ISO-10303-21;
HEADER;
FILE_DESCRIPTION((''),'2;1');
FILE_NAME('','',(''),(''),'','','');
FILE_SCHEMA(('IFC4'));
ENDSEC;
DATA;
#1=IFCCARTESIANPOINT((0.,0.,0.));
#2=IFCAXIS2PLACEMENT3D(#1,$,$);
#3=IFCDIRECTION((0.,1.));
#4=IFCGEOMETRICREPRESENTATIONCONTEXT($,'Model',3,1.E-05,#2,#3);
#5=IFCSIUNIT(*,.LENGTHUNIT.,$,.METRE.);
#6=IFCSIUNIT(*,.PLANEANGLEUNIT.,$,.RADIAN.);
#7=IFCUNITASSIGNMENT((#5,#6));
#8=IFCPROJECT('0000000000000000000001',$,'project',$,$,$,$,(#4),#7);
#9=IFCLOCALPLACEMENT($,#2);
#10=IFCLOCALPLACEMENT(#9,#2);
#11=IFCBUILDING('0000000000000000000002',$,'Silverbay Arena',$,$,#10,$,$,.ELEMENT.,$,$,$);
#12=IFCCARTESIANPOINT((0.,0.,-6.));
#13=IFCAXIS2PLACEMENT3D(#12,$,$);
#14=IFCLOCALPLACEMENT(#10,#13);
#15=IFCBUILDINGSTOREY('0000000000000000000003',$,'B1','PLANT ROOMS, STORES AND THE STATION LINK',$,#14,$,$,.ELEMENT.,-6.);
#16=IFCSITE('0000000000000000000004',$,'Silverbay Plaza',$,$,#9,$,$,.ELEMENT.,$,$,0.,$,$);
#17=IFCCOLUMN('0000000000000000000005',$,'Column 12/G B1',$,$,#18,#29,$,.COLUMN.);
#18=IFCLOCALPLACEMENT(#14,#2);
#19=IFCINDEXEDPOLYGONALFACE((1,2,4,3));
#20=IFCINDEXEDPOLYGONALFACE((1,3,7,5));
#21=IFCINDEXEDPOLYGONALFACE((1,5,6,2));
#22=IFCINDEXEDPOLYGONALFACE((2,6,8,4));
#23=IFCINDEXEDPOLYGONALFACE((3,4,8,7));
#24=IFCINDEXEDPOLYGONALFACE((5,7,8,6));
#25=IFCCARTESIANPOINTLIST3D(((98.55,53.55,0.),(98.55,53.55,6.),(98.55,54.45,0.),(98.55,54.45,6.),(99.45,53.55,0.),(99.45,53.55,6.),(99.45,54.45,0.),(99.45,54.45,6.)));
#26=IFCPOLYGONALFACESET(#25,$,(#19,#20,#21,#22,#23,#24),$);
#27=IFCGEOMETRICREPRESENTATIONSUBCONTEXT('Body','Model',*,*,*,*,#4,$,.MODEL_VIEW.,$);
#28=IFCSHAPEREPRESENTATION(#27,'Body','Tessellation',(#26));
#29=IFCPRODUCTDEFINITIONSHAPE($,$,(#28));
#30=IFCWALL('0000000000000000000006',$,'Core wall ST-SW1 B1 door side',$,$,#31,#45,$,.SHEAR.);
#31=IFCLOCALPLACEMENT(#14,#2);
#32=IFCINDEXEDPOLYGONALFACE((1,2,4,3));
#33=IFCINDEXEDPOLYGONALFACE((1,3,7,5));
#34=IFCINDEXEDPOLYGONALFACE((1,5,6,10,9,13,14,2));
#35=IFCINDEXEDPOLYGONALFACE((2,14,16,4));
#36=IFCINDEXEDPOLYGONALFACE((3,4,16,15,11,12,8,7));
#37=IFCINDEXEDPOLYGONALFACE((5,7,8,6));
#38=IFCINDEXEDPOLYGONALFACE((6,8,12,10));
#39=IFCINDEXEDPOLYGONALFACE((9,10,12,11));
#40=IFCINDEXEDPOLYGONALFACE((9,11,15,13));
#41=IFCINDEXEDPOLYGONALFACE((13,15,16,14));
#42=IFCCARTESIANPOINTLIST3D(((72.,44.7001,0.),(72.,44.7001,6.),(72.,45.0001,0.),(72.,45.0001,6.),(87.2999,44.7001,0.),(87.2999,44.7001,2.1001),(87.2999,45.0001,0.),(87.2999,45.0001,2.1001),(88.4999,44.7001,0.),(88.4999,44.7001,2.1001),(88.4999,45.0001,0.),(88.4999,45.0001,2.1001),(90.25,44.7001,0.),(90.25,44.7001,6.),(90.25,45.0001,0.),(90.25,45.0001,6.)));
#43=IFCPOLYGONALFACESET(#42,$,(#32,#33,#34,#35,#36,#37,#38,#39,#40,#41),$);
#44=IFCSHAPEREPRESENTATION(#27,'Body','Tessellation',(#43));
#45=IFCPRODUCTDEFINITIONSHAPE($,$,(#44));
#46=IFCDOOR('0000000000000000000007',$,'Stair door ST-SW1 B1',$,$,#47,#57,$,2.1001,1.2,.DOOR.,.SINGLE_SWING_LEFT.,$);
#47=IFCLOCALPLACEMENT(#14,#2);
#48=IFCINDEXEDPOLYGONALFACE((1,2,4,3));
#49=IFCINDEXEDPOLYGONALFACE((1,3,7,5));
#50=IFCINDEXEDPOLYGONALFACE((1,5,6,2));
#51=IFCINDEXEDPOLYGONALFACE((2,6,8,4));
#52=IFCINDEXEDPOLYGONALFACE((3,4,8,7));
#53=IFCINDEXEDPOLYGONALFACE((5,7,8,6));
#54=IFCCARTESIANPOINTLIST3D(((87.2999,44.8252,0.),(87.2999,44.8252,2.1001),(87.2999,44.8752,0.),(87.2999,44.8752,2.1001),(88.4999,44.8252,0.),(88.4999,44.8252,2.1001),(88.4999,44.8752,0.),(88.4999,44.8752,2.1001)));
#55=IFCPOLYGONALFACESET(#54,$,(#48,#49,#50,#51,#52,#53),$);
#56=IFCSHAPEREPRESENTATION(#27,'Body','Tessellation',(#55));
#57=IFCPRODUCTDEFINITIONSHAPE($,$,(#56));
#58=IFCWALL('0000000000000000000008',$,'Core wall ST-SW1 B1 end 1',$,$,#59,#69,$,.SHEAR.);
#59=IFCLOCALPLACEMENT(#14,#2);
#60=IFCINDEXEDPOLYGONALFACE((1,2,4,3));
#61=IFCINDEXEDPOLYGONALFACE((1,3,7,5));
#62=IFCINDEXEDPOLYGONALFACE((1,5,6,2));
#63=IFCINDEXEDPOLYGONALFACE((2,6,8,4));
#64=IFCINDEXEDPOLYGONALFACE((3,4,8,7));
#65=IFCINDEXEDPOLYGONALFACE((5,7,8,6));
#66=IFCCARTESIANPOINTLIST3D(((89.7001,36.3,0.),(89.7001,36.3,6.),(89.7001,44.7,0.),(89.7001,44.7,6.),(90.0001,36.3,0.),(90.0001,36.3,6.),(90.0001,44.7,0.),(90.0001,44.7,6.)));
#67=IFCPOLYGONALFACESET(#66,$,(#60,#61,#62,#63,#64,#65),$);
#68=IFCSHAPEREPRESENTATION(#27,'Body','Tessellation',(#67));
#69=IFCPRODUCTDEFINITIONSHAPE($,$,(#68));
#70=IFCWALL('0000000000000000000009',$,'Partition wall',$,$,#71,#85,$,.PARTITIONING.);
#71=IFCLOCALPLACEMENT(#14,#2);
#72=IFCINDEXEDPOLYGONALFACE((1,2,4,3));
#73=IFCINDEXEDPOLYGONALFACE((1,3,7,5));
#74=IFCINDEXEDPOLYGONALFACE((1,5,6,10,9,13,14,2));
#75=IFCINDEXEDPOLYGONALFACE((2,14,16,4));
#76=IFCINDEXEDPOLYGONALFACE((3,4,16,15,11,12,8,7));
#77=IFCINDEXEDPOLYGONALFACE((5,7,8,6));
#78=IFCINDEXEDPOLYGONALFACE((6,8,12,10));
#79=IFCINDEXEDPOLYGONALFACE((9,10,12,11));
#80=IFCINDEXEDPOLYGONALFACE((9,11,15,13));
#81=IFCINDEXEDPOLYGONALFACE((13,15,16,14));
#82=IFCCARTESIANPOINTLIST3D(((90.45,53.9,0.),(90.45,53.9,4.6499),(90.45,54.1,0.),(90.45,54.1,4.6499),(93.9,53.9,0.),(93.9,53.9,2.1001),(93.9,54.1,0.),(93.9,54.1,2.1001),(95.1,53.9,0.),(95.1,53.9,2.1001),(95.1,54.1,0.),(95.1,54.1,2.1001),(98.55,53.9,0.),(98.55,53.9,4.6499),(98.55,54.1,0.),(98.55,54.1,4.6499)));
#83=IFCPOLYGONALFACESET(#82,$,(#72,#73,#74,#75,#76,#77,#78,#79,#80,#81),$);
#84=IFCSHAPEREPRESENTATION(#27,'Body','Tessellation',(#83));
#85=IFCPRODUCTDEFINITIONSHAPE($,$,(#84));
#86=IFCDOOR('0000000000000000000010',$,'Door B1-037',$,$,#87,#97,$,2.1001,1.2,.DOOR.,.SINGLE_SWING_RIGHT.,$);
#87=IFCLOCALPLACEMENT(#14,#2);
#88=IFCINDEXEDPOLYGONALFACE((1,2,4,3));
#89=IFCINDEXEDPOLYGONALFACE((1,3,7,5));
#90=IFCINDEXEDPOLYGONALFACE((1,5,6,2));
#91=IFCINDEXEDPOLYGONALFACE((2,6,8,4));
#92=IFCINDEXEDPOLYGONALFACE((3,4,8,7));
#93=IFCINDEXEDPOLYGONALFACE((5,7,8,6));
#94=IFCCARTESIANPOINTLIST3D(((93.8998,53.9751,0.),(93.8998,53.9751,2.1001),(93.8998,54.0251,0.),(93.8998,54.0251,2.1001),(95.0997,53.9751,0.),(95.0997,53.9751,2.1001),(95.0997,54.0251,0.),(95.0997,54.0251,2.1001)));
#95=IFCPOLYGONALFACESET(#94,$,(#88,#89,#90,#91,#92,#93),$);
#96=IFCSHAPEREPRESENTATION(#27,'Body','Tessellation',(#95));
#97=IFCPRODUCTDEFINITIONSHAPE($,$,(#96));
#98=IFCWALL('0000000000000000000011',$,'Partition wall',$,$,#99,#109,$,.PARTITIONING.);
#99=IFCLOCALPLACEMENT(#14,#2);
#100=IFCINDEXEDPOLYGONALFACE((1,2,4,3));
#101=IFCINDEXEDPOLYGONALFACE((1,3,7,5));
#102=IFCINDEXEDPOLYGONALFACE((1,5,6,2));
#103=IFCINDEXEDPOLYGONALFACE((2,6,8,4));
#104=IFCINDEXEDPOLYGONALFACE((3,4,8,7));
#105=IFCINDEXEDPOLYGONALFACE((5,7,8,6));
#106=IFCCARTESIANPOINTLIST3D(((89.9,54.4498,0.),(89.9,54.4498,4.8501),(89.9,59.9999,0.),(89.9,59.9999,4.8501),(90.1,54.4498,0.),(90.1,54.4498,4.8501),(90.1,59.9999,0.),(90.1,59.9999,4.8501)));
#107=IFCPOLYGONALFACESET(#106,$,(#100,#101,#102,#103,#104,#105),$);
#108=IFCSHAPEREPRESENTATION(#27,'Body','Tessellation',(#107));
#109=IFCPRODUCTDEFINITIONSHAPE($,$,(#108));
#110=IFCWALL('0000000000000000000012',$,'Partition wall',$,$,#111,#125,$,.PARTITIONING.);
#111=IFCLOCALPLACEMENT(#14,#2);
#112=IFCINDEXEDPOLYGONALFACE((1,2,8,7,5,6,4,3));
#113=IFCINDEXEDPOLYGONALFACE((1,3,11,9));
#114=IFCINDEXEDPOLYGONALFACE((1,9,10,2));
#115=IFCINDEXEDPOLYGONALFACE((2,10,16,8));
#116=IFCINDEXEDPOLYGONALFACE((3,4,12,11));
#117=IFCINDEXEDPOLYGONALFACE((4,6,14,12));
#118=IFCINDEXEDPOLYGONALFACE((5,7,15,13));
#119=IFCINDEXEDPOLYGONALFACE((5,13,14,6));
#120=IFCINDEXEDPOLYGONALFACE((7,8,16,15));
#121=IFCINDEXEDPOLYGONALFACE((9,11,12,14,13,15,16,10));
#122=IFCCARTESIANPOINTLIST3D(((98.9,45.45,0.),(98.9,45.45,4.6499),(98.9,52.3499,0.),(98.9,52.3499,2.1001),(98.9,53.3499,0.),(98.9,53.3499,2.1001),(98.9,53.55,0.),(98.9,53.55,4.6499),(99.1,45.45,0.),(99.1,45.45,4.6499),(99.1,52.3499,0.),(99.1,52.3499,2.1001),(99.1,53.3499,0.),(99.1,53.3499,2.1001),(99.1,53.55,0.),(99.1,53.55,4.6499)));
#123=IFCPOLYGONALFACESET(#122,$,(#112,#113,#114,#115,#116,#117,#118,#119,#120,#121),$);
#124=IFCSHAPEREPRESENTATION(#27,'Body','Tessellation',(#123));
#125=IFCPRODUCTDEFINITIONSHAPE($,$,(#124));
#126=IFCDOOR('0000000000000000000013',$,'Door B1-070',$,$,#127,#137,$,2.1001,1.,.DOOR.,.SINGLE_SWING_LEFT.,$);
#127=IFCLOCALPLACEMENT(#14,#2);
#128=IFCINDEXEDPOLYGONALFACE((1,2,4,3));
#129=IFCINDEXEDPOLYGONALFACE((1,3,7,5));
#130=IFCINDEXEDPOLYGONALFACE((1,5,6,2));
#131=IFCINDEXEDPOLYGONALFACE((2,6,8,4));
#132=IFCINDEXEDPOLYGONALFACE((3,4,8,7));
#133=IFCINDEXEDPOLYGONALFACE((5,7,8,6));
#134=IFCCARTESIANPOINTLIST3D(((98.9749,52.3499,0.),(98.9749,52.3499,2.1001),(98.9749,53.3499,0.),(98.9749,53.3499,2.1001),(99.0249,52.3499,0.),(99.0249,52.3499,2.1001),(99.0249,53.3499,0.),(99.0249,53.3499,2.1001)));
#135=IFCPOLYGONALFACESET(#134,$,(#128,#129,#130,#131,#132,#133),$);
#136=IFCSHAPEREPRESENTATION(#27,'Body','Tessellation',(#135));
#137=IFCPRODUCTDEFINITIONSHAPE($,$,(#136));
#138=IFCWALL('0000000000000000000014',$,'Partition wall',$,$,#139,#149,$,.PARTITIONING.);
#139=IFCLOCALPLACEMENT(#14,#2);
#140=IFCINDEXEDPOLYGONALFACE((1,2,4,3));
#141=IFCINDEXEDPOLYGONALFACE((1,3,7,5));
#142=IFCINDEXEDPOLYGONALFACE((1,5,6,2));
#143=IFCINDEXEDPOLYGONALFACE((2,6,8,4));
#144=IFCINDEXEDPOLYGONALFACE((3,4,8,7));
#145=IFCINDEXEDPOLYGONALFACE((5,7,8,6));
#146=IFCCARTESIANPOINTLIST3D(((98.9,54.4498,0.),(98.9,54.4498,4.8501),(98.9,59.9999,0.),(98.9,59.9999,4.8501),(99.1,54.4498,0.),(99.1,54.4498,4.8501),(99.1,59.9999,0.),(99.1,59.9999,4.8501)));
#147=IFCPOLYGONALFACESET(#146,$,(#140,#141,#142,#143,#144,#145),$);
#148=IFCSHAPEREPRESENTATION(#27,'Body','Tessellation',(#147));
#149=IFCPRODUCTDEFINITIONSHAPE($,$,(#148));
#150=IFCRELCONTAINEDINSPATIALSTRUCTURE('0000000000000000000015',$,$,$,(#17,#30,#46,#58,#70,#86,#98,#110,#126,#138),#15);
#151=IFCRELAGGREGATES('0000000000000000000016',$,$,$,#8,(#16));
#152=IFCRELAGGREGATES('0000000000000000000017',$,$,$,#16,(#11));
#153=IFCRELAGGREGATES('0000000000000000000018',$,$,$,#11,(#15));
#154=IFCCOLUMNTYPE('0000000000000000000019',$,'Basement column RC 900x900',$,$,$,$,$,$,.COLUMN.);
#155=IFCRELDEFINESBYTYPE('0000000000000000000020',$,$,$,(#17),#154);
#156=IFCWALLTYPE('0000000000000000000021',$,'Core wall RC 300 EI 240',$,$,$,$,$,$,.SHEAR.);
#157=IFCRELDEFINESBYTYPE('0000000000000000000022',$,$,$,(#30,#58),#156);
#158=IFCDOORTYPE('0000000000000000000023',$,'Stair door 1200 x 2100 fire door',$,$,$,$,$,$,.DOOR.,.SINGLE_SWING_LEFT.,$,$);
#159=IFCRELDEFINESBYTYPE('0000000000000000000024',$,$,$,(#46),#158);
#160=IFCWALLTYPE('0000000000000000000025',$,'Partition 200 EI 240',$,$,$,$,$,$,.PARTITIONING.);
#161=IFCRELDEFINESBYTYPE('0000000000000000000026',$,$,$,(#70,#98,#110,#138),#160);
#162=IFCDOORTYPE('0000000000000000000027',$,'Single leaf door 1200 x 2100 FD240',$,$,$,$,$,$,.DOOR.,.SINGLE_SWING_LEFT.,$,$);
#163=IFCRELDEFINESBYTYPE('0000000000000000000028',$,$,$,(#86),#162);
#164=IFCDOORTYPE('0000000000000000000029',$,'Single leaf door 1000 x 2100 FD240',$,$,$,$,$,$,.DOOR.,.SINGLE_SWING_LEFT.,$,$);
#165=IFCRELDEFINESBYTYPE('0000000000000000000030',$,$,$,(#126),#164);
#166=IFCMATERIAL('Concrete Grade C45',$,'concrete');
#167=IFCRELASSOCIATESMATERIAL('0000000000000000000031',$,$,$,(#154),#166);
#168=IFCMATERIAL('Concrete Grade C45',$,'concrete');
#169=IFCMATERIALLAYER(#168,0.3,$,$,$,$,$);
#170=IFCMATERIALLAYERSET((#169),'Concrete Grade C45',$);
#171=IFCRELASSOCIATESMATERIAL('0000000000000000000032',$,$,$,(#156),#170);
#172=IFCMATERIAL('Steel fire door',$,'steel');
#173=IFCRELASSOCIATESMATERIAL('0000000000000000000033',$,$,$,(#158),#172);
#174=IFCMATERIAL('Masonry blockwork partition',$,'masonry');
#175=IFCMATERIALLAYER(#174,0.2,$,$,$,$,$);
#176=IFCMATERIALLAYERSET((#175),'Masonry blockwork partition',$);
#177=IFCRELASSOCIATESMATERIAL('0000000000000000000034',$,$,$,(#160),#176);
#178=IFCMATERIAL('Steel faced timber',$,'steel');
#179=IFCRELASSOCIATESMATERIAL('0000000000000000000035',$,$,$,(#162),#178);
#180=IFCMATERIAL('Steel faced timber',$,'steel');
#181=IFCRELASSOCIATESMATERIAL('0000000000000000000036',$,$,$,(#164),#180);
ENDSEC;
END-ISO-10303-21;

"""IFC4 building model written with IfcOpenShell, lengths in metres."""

from ifc_helpers import new_model, si_unit, direction, frame, frame_2d, origin, origin_2d, place, context, subcontext, project, spatial, rectangle, extrude, material, layer, layer_set, material_profile, profile_set, type_object, element, fill, save


model = new_model("IFC4")

# Units and contexts
model_context = context("Model", 3, precision=1e-05, world=origin(), true_north=direction((0.0, 1.0)))
body_context = subcontext(model_context, "Body", "Model", "MODEL_VIEW")
ifc_project = project(units=[si_unit("LENGTHUNIT", "METRE"), si_unit("PLANEANGLEUNIT", "RADIAN")], contexts=[model_context])

# Site, building, storey
site_placement = place(None, origin())
site = spatial("IfcSite", under=ifc_project, at=site_placement, Name="Silverbay Plaza", CompositionType="ELEMENT", RefElevation=0.0)
building_placement = place(site_placement, origin())
building = spatial("IfcBuilding", under=site, at=building_placement, Name="Silverbay Arena", CompositionType="ELEMENT")
storey_placement = place(building_placement, frame((0.0, 0.0, -6.0)))
storey = spatial("IfcBuildingStorey", under=building, at=storey_placement, Name="B1", Description="PLANT ROOMS, STORES AND THE STATION LINK", CompositionType="ELEMENT", Elevation=-6.0)

# Column
ifc_material_1 = material(Name="Concrete Grade C45", Category="concrete")
ifc_material_profile_1 = material_profile(ifc_material_1, rectangle(XDim=0.8999, YDim=0.8999, at=origin_2d()), Name="RC 900x900")
ifc_profile_set_1 = profile_set([ifc_material_profile_1], Name="Concrete Grade C45")
column_type = type_object("IfcColumnType", Name="Basement column RC 900x900", PredefinedType="COLUMN", material=ifc_profile_set_1)
for number, where, z_axis, x_axis, name in (
    (1, (99.0, 54.0, 0.0), (0.0, 0.0, 1.0), (1.0, 0.0, 0.0), "Column 12/G B1"),
):
    element("IfcColumn", number, at=place(storey_placement, frame(where, z_axis=z_axis, x_axis=x_axis)), inside=storey, type_object=column_type, Name=name, PredefinedType="COLUMN", context=body_context, shape_type="SweptSolid", body=[
        extrude(rectangle(XDim=0.8999, YDim=0.8999, at=origin_2d()), origin(), (0.0, 0.0, 1.0), 6.0),
    ])

# Wall, opening, door
ifc_material_2 = material(Name="Concrete Grade C45", Category="concrete")
ifc_layer_1 = layer(ifc_material_2, 0.3)
ifc_layer_set_1 = layer_set([ifc_layer_1], Name="Concrete Grade C45")
wall_type_1 = type_object("IfcWallType", Name="Core wall RC 300 EI 240", PredefinedType="SHEAR", material=ifc_layer_set_1)
wall_1_placement = place(storey_placement, frame((90.25, 44.8501, 0.0), z_axis=(0.0, 0.0, 1.0), x_axis=(-1.0, 0.0, 0.0)))
wall_1 = element("IfcWall", 2, at=wall_1_placement, inside=storey, type_object=wall_type_1, Name="Core wall ST-SW1 B1 door side", PredefinedType="SHEAR", context=body_context, shape_type="SweptSolid", body=[
    extrude(rectangle(XDim=18.25, YDim=0.3, at=frame_2d((9.125, 0.0))), origin(), (0.0, 0.0, 1.0), 6.0),
])
opening_1_placement = place(wall_1_placement, frame((1.75, 0.0, 0.0)))
opening_1 = element("IfcOpeningElement", 3, at=opening_1_placement, cuts=wall_1, PredefinedType="OPENING", context=body_context, shape_type="SweptSolid", body=[
    extrude(rectangle(XDim=1.2, YDim=2.1001, at=frame_2d((0.6001, 1.05))), frame((0.0, 0.1602, 0.0), z_axis=(0.0, -1.0, 0.0), x_axis=(1.0, 0.0, 0.0)), (0.0, 0.0, 1.0), 0.3201),
])
ifc_material_3 = material(Name="Steel fire door", Category="steel")
door_type_1 = type_object("IfcDoorType", Name="Stair door 1200 x 2100 fire door", OperationType="SINGLE_SWING_LEFT", PredefinedType="DOOR", material=ifc_material_3)
door_1_placement = place(opening_1_placement, origin())
door_1 = element("IfcDoor", 4, at=door_1_placement, inside=storey, type_object=door_type_1, Name="Stair door ST-SW1 B1", OperationType="SINGLE_SWING_LEFT", OverallHeight=2.1001, OverallWidth=1.2, PredefinedType="DOOR", context=body_context, shape_type="SweptSolid", body=[
    extrude(rectangle(XDim=1.2, YDim=2.1001, at=frame_2d((0.6001, 1.05))), frame((0.0, 0.0249, 0.0), z_axis=(0.0, -1.0, 0.0), x_axis=(1.0, 0.0, 0.0)), (0.0, 0.0, 1.0), 0.05),
])
fill(opening_1, door_1)

# Wall
wall_2_placement = place(storey_placement, frame((89.8501, 44.7, 0.0), z_axis=(0.0, 0.0, 1.0), x_axis=(0.0, -1.0, 0.0)))
element("IfcWall", 5, at=wall_2_placement, inside=storey, type_object=wall_type_1, Name="Core wall ST-SW1 B1 end 1", PredefinedType="SHEAR", context=body_context, shape_type="SweptSolid", body=[
    extrude(rectangle(XDim=8.3999, YDim=0.3, at=frame_2d((4.2, 0.0))), origin(), (0.0, 0.0, 1.0), 6.0),
])

# Wall, opening, door
ifc_material_4 = material(Name="Masonry blockwork partition", Category="masonry")
ifc_layer_2 = layer(ifc_material_4, 0.2)
ifc_layer_set_2 = layer_set([ifc_layer_2], Name="Masonry blockwork partition")
wall_type_2 = type_object("IfcWallType", Name="Partition 200 EI 240", PredefinedType="PARTITIONING", material=ifc_layer_set_2)
wall_3_placement = place(storey_placement, frame((90.45, 54.0, 0.0), z_axis=(0.0, 0.0, 1.0), x_axis=(1.0, 0.0, 0.0)))
wall_3 = element("IfcWall", 6, at=wall_3_placement, inside=storey, type_object=wall_type_2, Name="Partition wall", PredefinedType="PARTITIONING", context=body_context, shape_type="SweptSolid", body=[
    extrude(rectangle(XDim=8.1001, YDim=0.2, at=frame_2d((4.05, 0.0))), origin(), (0.0, 0.0, 1.0), 4.6499),
])
opening_2_placement = place(wall_3_placement, frame((3.45, 0.0, 0.0)))
opening_2 = element("IfcOpeningElement", 7, at=opening_2_placement, cuts=wall_3, PredefinedType="OPENING", context=body_context, shape_type="SweptSolid", body=[
    extrude(rectangle(XDim=1.2, YDim=2.1001, at=frame_2d((0.6001, 1.05))), frame((0.0, 0.1099, 0.0), z_axis=(0.0, -1.0, 0.0), x_axis=(1.0, 0.0, 0.0)), (0.0, 0.0, 1.0), 0.22),
])
ifc_material_5 = material(Name="Steel faced timber", Category="steel")
door_type_2 = type_object("IfcDoorType", Name="Single leaf door 1200 x 2100 FD240", OperationType="SINGLE_SWING_LEFT", PredefinedType="DOOR", material=ifc_material_5)
door_2_placement = place(opening_2_placement, frame((1.2, 0.0, 0.0), z_axis=(0.0, 0.0, 1.0), x_axis=(-1.0, 0.0, 0.0)))
door_2 = element("IfcDoor", 8, at=door_2_placement, inside=storey, type_object=door_type_2, Name="Door B1-037", OperationType="SINGLE_SWING_RIGHT", OverallHeight=2.1001, OverallWidth=1.2, PredefinedType="DOOR", context=body_context, shape_type="SweptSolid", body=[
    extrude(rectangle(XDim=1.2, YDim=2.1001, at=frame_2d((0.6001, 1.05))), frame((0.0, 0.0249, 0.0), z_axis=(0.0, -1.0, 0.0), x_axis=(1.0, 0.0, 0.0)), (0.0, 0.0, 1.0), 0.05),
])
fill(opening_2, door_2)

# Wall
wall_4_placement = place(storey_placement, frame((90.0, 54.45, 0.0), z_axis=(0.0, 0.0, 1.0), x_axis=(0.0, 1.0, 0.0)))
element("IfcWall", 9, at=wall_4_placement, inside=storey, type_object=wall_type_2, Name="Partition wall", PredefinedType="PARTITIONING", context=body_context, shape_type="SweptSolid", body=[
    extrude(rectangle(XDim=5.55, YDim=0.2, at=frame_2d((2.7749, 0.0))), origin(), (0.0, 0.0, 1.0), 4.8501),
])

# Wall, opening, door
wall_5_placement = place(storey_placement, frame((99.0, 45.45, 0.0), z_axis=(0.0, 0.0, 1.0), x_axis=(0.0, 1.0, 0.0)))
wall_5 = element("IfcWall", 10, at=wall_5_placement, inside=storey, type_object=wall_type_2, Name="Partition wall", PredefinedType="PARTITIONING", context=body_context, shape_type="SweptSolid", body=[
    extrude(rectangle(XDim=8.1001, YDim=0.2, at=frame_2d((4.05, 0.0))), origin(), (0.0, 0.0, 1.0), 4.6499),
])
opening_3_placement = place(wall_5_placement, frame((6.8999, 0.0, 0.0)))
opening_3 = element("IfcOpeningElement", 11, at=opening_3_placement, cuts=wall_5, PredefinedType="OPENING", context=body_context, shape_type="SweptSolid", body=[
    extrude(rectangle(XDim=1.0, YDim=2.1001, at=frame_2d((0.5, 1.05))), frame((0.0, 0.1099, 0.0), z_axis=(0.0, -1.0, 0.0), x_axis=(1.0, 0.0, 0.0)), (0.0, 0.0, 1.0), 0.22),
])
ifc_material_6 = material(Name="Steel faced timber", Category="steel")
door_type_3 = type_object("IfcDoorType", Name="Single leaf door 1000 x 2100 FD240", OperationType="SINGLE_SWING_LEFT", PredefinedType="DOOR", material=ifc_material_6)
door_3_placement = place(opening_3_placement, frame((1.0, 0.0, 0.0), z_axis=(0.0, 0.0, 1.0), x_axis=(-1.0, 0.0, 0.0)))
door_3 = element("IfcDoor", 12, at=door_3_placement, inside=storey, type_object=door_type_3, Name="Door B1-070", OperationType="SINGLE_SWING_LEFT", OverallHeight=2.1001, OverallWidth=1.0, PredefinedType="DOOR", context=body_context, shape_type="SweptSolid", body=[
    extrude(rectangle(XDim=1.0, YDim=2.1001, at=frame_2d((0.5, 1.05))), frame((0.0, 0.0249, 0.0), z_axis=(0.0, -1.0, 0.0), x_axis=(1.0, 0.0, 0.0)), (0.0, 0.0, 1.0), 0.05),
])
fill(opening_3, door_3)

# Wall
wall_6_placement = place(storey_placement, frame((99.0, 54.45, 0.0), z_axis=(0.0, 0.0, 1.0), x_axis=(0.0, 1.0, 0.0)))
element("IfcWall", 13, at=wall_6_placement, inside=storey, type_object=wall_type_2, Name="Partition wall", PredefinedType="PARTITIONING", context=body_context, shape_type="SweptSolid", body=[
    extrude(rectangle(XDim=5.55, YDim=0.2, at=frame_2d((2.7749, 0.0))), origin(), (0.0, 0.0, 1.0), 4.8501),
])

save(model, "model.ifc")
